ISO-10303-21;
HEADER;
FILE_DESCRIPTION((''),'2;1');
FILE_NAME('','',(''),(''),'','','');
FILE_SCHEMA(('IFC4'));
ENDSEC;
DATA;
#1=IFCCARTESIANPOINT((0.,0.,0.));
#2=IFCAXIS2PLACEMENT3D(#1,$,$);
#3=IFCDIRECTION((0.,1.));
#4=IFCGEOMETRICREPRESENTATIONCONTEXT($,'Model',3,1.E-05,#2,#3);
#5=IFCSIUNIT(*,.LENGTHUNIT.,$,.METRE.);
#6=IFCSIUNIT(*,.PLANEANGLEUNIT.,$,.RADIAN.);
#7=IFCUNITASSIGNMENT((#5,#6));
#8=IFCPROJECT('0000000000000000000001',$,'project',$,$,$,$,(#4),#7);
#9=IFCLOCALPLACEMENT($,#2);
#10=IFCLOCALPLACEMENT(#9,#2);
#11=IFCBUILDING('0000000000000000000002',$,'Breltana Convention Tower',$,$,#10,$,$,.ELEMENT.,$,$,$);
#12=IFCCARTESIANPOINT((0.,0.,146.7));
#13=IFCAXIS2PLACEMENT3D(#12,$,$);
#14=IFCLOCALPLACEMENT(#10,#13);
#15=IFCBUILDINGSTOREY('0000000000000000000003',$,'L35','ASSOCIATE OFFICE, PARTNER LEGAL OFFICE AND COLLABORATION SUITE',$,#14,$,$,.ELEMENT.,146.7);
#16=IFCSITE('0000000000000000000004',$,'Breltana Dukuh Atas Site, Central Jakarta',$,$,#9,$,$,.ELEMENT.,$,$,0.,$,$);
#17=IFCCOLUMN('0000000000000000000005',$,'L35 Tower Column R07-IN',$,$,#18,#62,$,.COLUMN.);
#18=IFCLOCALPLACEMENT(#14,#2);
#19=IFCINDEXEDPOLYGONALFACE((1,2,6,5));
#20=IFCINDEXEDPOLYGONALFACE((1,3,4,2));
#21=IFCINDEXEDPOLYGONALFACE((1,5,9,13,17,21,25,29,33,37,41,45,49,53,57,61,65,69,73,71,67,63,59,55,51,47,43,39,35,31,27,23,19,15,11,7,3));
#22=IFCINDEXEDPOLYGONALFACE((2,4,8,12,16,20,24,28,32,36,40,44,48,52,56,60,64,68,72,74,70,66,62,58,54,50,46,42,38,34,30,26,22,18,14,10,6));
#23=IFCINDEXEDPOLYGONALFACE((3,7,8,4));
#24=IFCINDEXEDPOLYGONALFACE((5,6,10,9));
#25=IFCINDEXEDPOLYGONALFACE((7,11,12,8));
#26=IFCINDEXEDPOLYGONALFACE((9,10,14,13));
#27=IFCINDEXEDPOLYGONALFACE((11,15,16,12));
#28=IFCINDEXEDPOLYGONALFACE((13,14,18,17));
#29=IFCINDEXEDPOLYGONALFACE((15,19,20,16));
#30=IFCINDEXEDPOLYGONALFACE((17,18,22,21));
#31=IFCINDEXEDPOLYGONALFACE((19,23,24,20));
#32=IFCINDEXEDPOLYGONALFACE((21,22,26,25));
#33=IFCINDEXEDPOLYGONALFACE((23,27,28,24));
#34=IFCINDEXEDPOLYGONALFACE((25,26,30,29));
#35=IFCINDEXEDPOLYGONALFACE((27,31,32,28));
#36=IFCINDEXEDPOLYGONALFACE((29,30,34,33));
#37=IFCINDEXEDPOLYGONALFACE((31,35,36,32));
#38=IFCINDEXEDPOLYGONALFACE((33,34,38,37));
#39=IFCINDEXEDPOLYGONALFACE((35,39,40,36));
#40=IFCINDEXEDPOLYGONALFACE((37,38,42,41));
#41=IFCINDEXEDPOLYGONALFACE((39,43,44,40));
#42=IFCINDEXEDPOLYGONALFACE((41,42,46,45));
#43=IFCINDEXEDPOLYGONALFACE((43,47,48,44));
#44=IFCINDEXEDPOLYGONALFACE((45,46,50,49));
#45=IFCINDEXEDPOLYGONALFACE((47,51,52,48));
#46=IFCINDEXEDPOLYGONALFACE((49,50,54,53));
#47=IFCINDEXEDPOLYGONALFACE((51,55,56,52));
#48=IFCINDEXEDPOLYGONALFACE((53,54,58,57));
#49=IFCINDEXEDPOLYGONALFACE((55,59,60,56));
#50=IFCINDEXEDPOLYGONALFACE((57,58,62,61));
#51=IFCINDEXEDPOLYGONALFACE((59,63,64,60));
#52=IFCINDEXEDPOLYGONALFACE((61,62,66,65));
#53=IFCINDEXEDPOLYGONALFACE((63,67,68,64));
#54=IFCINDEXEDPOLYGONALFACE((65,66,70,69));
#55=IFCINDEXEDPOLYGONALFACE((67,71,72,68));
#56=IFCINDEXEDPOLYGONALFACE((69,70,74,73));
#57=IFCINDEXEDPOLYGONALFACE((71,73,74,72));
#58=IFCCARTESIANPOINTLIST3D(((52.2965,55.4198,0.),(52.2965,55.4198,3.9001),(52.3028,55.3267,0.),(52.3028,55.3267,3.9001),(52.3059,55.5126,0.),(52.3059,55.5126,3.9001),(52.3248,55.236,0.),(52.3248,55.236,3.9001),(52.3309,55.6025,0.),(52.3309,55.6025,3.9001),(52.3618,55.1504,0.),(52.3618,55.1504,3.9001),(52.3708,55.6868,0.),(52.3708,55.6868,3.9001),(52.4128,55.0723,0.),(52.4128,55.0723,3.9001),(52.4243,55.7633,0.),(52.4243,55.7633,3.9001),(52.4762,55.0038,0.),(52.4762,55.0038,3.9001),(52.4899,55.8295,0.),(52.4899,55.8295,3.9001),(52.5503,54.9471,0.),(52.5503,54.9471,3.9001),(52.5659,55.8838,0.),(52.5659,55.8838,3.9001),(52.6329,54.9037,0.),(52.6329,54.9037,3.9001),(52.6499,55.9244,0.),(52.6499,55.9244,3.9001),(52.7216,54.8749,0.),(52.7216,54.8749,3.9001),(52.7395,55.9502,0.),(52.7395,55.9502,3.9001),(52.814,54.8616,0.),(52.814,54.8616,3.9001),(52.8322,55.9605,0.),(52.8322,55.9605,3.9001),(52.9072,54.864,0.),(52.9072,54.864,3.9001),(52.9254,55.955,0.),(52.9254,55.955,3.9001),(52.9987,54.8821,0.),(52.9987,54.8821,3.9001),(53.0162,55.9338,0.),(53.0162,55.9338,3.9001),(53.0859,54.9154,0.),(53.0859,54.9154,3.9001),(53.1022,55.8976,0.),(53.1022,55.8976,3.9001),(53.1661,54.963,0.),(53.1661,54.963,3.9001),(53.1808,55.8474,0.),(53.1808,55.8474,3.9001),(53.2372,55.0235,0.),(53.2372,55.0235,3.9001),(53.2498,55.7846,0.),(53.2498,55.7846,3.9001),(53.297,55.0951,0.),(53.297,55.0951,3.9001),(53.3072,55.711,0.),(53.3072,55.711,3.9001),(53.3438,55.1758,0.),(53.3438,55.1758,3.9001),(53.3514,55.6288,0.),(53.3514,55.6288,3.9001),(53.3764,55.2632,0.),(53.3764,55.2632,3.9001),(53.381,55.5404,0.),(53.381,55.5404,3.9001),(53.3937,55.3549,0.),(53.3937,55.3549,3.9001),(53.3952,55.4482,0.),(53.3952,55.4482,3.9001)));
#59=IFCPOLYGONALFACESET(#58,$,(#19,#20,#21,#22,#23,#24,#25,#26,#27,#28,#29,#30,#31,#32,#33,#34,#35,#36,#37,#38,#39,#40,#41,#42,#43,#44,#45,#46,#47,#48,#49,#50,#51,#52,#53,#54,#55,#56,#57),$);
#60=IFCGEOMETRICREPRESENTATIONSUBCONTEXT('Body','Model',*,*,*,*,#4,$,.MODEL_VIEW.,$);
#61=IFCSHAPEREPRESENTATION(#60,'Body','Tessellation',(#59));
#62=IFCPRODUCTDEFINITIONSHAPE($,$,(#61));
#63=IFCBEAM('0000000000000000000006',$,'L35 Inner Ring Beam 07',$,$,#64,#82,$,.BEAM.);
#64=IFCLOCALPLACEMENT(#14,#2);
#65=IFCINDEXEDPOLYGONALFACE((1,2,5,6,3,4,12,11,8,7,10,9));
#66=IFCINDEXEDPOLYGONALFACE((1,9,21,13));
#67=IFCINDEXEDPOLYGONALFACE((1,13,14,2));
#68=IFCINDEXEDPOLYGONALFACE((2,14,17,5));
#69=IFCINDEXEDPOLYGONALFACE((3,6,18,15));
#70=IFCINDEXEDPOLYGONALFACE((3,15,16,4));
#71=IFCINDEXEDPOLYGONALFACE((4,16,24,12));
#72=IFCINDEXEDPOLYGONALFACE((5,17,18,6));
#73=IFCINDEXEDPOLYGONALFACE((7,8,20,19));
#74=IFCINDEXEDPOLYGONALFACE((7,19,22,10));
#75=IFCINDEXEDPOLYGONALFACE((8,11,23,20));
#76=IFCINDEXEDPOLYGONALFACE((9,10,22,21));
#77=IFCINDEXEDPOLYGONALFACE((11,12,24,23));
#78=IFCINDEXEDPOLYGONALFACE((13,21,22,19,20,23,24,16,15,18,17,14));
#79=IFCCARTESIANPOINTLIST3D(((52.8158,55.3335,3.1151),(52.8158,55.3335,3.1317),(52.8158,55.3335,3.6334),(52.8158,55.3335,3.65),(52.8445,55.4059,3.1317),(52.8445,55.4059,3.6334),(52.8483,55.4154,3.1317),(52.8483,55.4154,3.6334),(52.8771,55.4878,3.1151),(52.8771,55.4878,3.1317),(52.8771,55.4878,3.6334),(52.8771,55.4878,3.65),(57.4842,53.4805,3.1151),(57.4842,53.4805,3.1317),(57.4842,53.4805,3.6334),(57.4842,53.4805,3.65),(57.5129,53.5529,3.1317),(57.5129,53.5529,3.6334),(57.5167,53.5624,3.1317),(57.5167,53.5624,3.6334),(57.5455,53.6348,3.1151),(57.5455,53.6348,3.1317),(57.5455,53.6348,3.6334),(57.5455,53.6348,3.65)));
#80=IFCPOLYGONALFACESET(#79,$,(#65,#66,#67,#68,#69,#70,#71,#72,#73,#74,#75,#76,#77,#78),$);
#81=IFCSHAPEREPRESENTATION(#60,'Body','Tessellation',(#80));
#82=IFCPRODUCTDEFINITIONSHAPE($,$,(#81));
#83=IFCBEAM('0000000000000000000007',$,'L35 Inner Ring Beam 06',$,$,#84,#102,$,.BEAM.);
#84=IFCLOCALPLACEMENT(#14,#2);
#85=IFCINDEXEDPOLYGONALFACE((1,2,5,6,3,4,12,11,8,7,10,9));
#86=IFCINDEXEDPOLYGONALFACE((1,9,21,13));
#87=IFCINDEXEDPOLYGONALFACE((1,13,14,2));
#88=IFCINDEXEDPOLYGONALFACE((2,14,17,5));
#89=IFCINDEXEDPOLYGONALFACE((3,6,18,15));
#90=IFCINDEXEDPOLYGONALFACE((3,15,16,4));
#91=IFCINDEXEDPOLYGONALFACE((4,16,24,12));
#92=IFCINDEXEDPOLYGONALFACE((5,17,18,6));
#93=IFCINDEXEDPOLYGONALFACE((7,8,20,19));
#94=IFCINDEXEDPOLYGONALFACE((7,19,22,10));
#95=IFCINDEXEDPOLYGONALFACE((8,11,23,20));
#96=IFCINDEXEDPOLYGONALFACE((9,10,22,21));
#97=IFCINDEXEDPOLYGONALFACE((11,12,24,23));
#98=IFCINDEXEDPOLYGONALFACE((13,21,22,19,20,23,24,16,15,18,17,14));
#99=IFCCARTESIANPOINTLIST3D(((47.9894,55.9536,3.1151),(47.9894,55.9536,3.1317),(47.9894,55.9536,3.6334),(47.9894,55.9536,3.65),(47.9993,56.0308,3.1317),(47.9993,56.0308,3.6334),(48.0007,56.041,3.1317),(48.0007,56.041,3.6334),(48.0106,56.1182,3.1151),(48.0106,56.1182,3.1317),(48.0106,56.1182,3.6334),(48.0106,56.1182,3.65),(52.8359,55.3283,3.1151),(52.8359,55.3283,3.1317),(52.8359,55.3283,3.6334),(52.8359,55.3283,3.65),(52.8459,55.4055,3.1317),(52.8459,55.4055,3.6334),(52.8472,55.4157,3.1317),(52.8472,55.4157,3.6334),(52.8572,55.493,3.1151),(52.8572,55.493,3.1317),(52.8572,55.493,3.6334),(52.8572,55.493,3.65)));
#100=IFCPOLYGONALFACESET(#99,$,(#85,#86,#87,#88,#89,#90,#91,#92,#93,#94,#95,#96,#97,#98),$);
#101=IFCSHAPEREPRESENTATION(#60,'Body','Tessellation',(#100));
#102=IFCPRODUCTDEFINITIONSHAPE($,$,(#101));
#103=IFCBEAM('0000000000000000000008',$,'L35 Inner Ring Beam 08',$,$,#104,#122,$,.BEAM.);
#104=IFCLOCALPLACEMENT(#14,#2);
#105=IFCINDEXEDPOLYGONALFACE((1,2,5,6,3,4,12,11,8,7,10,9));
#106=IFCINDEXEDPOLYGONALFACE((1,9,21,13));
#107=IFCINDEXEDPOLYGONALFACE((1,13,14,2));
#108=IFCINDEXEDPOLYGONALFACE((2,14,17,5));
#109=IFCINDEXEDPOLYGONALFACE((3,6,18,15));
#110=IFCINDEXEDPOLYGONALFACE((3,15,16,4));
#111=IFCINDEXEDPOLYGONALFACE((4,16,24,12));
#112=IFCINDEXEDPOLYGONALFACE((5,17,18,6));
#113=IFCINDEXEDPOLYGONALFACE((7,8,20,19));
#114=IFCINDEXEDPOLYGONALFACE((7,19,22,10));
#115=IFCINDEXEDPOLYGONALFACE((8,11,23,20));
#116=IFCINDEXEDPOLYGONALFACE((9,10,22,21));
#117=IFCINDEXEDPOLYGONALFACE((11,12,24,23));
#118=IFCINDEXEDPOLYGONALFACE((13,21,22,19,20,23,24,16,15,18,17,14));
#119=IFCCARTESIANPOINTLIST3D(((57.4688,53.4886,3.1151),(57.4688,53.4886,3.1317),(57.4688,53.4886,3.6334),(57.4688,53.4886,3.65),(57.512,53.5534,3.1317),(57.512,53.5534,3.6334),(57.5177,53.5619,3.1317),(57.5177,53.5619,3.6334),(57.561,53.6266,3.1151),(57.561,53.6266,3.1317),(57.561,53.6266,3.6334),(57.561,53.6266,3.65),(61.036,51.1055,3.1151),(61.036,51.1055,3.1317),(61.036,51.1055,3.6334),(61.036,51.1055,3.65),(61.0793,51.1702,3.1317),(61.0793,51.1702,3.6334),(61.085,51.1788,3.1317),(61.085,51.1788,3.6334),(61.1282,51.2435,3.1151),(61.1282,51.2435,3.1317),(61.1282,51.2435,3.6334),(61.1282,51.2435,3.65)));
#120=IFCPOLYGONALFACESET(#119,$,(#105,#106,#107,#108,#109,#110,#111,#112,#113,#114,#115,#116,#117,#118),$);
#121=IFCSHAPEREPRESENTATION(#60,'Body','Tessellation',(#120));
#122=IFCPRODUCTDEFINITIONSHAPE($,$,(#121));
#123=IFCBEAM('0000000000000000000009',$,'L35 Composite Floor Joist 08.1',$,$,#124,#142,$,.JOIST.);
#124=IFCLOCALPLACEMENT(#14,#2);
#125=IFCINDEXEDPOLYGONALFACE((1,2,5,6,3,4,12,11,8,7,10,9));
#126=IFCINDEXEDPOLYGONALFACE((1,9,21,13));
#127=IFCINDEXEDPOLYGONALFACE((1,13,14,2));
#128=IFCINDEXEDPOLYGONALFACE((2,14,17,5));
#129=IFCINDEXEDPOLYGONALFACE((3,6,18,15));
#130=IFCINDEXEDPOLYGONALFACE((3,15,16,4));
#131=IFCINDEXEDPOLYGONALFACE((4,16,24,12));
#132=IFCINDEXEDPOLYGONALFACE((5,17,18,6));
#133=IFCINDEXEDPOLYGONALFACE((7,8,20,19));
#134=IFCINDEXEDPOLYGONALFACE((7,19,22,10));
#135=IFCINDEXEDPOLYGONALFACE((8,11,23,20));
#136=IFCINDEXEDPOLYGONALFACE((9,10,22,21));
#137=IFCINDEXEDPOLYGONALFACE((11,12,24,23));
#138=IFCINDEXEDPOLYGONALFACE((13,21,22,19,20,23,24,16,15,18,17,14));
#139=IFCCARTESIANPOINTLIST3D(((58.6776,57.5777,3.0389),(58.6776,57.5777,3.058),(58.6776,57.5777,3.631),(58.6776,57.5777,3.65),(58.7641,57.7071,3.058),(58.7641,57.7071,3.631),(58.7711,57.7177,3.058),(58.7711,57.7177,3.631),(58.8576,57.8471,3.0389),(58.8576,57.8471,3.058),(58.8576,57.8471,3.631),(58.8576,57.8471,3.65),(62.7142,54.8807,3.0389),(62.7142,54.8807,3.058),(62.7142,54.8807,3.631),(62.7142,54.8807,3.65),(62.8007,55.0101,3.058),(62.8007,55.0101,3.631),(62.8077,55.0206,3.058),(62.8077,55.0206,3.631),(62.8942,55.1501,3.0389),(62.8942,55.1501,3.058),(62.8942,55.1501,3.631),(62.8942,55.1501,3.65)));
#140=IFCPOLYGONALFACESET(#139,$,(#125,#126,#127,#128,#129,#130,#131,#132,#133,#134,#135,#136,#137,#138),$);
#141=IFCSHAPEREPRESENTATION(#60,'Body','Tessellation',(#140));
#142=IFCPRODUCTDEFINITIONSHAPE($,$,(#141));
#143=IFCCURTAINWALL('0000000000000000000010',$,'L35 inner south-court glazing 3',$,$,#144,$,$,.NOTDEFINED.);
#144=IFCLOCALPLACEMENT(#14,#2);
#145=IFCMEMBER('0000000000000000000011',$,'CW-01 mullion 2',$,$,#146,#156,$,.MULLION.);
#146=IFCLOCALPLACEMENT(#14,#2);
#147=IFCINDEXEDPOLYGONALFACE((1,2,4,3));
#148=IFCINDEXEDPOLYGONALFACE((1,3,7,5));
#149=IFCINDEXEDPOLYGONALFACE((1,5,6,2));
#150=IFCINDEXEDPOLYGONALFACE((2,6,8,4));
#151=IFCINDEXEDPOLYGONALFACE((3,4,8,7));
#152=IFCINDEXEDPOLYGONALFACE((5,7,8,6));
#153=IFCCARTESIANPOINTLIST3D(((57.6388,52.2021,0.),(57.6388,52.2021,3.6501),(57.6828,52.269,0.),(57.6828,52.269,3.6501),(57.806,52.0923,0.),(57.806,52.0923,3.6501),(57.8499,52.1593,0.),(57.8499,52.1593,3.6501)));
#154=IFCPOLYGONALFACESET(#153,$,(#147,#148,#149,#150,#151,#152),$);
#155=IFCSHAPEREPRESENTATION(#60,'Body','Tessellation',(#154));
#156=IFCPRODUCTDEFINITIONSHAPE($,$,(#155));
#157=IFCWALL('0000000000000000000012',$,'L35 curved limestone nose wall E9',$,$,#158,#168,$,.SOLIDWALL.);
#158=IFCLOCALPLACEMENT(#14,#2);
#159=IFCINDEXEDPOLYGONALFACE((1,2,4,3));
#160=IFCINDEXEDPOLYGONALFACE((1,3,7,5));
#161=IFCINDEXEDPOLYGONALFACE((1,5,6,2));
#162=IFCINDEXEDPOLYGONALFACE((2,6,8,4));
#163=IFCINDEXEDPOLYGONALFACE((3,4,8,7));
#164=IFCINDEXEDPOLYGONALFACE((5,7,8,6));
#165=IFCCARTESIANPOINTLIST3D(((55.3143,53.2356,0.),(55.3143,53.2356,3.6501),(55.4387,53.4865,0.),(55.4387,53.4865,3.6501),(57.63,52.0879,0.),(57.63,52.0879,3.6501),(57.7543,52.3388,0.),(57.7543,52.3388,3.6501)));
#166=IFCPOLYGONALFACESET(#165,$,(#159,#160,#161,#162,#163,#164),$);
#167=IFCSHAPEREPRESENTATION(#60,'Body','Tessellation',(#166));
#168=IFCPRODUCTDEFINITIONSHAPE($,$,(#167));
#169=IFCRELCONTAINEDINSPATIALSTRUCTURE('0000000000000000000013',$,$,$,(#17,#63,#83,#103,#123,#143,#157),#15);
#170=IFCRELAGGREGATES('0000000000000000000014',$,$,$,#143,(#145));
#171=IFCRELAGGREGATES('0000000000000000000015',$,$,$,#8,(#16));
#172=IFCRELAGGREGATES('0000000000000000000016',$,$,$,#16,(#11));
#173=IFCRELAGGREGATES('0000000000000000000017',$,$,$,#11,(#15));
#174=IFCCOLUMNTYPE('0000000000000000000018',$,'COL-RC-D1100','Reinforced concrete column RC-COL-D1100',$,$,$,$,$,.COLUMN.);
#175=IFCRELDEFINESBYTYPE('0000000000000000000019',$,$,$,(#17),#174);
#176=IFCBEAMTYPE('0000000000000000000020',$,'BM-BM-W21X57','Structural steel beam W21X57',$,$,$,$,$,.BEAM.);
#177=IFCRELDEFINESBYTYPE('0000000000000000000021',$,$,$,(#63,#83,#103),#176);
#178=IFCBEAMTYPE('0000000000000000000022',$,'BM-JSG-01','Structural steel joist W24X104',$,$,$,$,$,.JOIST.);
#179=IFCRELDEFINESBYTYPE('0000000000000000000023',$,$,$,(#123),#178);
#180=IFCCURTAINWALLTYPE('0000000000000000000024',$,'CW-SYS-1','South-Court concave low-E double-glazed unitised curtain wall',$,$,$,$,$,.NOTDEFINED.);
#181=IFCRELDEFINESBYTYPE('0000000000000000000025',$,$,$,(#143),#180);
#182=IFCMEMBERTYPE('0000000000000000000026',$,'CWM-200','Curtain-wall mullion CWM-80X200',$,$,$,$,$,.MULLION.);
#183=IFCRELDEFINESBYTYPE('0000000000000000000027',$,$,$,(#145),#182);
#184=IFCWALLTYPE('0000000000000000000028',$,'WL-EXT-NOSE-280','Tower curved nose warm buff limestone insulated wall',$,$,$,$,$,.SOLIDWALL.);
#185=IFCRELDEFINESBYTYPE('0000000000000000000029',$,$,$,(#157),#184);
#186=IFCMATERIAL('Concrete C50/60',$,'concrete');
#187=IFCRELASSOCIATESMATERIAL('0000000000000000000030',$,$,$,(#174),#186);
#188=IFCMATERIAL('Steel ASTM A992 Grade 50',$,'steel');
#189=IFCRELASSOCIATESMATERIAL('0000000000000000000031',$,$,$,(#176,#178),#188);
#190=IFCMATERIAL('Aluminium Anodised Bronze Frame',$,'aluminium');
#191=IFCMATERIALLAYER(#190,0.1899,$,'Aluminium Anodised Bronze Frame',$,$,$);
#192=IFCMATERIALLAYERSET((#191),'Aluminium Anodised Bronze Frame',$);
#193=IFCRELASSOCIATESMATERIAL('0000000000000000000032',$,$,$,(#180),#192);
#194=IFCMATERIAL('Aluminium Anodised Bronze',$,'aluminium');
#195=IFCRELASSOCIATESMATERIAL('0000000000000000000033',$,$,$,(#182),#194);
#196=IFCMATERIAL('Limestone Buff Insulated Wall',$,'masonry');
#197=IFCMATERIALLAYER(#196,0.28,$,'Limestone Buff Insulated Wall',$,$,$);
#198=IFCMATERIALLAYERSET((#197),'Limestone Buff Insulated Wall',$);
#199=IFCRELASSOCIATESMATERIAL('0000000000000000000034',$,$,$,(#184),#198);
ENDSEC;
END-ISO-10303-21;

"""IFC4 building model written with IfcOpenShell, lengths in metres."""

from ifc_helpers import new_model, si_unit, direction, frame, frame_2d, origin, origin_2d, place, context, subcontext, project, spatial, rectangle, circle, i_section, extrude, source, transform, mapped, material, layer, layer_set, material_profile, profile_set, type_object, element, aggregate, save


model = new_model("IFC4")

# Units and contexts
model_context = context("Model", 3, precision=1e-05, world=origin(), true_north=direction((0.0, 1.0)))
body_context = subcontext(model_context, "Body", "Model", "MODEL_VIEW")
ifc_project = project(units=[si_unit("LENGTHUNIT", "METRE"), si_unit("PLANEANGLEUNIT", "RADIAN")], contexts=[model_context])

# Site, building, storey
site_placement = place(None, origin())
site = spatial("IfcSite", under=ifc_project, at=site_placement, Name="Breltana Dukuh Atas Site, Central Jakarta", CompositionType="ELEMENT", RefElevation=0.0)
building_placement = place(site_placement, origin())
building = spatial("IfcBuilding", under=site, at=building_placement, Name="Breltana Convention Tower", CompositionType="ELEMENT")
storey_placement = place(building_placement, frame((0.0, 0.0, 146.7)))
storey = spatial("IfcBuildingStorey", under=building, at=storey_placement, Name="L35", Description="ASSOCIATE OFFICE, PARTNER LEGAL OFFICE AND COLLABORATION SUITE", CompositionType="ELEMENT", Elevation=146.7)

# Column
ifc_material_1 = material(Name="Concrete C50/60", Category="concrete")
ifc_material_profile_1 = material_profile(ifc_material_1, circle(Radius=0.55, at=origin_2d()), Name="RC-COL-D1100")
ifc_profile_set_1 = profile_set([ifc_material_profile_1], Name="Concrete C50/60")
column_type = type_object("IfcColumnType", Name="COL-RC-D1100", Description="Reinforced concrete column RC-COL-D1100", PredefinedType="COLUMN", material=ifc_profile_set_1)
shared_shape_1 = source(origin(), body_context, "Body", "SweptSolid", [
    extrude(circle(Radius=0.55, at=origin_2d()), origin(), (0.0, 0.0, 1.0), 3.9001),
])
for number, where, z_axis, x_axis, name in (
    (1, (52.8464, 55.4106, 0.0), (0.0, 0.0, 1.0), (0.143493, 0.989651, 0.0), "L35 Tower Column R07-IN"),
):
    element("IfcColumn", number, at=place(storey_placement, frame(where, z_axis=z_axis, x_axis=x_axis)), inside=storey, type_object=column_type, Name=name, PredefinedType="COLUMN", context=body_context, shape_type="MappedRepresentation", body=[
        mapped(shared_shape_1, transform((0.0, 0.0, 0.0), scale=1.0)),
    ])

# Beams
ifc_material_2 = material(Name="Steel ASTM A992 Grade 50", Category="steel")
ifc_material_profile_2 = material_profile(ifc_material_2, i_section(OverallWidth=0.166, OverallDepth=0.5349, WebThickness=0.0103, FlangeThickness=0.0166, at=origin_2d()), Name="W21X57")
ifc_profile_set_2 = profile_set([ifc_material_profile_2], Name="Steel ASTM A992 Grade 50")
beam_type_1 = type_object("IfcBeamType", Name="BM-BM-W21X57", Description="Structural steel beam W21X57", PredefinedType="BEAM", material=ifc_profile_set_2)
shared_shape_2 = source(origin(), body_context, "Body", "SweptSolid", [
    extrude(i_section(OverallWidth=0.166, OverallDepth=0.5349, WebThickness=0.0103, FlangeThickness=0.0166, at=origin_2d()), origin(), (0.0, 0.0, 1.0), 5.0227),
])
beam_1_placement = place(storey_placement, frame((52.8464, 55.4106, 3.3826), z_axis=(0.929459, -0.368926, 0.0), x_axis=(0.368926, 0.929459, 0.0)))
element("IfcBeam", 2, at=beam_1_placement, inside=storey, type_object=beam_type_1, Name="L35 Inner Ring Beam 07", PredefinedType="BEAM", context=body_context, shape_type="MappedRepresentation", body=[
    mapped(shared_shape_2, transform((0.0, 0.0, 0.0), scale=1.0)),
])
shared_shape_3 = source(origin(), body_context, "Body", "SweptSolid", [
    extrude(i_section(OverallWidth=0.166, OverallDepth=0.5349, WebThickness=0.0103, FlangeThickness=0.0166, at=origin_2d()), origin(), (0.0, 0.0, 1.0), 4.8867),
])
beam_2_placement = place(storey_placement, frame((48.0, 56.0359, 3.3826), z_axis=(0.991781, -0.127951, 0.0), x_axis=(0.127951, 0.991781, 0.0)))
element("IfcBeam", 3, at=beam_2_placement, inside=storey, type_object=beam_type_1, Name="L35 Inner Ring Beam 06", PredefinedType="BEAM", context=body_context, shape_type="MappedRepresentation", body=[
    mapped(shared_shape_3, transform((0.0, 0.0, 0.0), scale=1.0)),
])
shared_shape_4 = source(origin(), body_context, "Body", "SweptSolid", [
    extrude(i_section(OverallWidth=0.166, OverallDepth=0.5349, WebThickness=0.0103, FlangeThickness=0.0166, at=origin_2d()), origin(), (0.0, 0.0, 1.0), 4.29),
])
beam_3_placement = place(storey_placement, frame((57.5149, 53.5576, 3.3826), z_axis=(0.831516, -0.555501, 0.0), x_axis=(0.555501, 0.831516, 0.0)))
element("IfcBeam", 4, at=beam_3_placement, inside=storey, type_object=beam_type_1, Name="L35 Inner Ring Beam 08", PredefinedType="BEAM", context=body_context, shape_type="MappedRepresentation", body=[
    mapped(shared_shape_4, transform((0.0, 0.0, 0.0), scale=1.0)),
])
ifc_material_profile_3 = material_profile(ifc_material_2, i_section(OverallWidth=0.324, OverallDepth=0.6111, WebThickness=0.0127, FlangeThickness=0.019, at=origin_2d()), Name="W24X104")
ifc_profile_set_3 = profile_set([ifc_material_profile_3], Name="Steel ASTM A992 Grade 50")
beam_type_2 = type_object("IfcBeamType", Name="BM-JSG-01", Description="Structural steel joist W24X104", PredefinedType="JOIST", material=ifc_profile_set_3)
shared_shape_5 = source(origin(), body_context, "Body", "SweptSolid", [
    extrude(i_section(OverallWidth=0.324, OverallDepth=0.6111, WebThickness=0.0127, FlangeThickness=0.019, at=origin_2d()), origin(), (0.0, 0.0, 1.0), 4.8547),
])
beam_4_placement = place(storey_placement, frame((58.7676, 57.7124, 3.3445), z_axis=(0.831485, -0.555547, 0.0), x_axis=(0.555547, 0.831485, 0.0)))
element("IfcBeam", 5, at=beam_4_placement, inside=storey, type_object=beam_type_2, Name="L35 Composite Floor Joist 08.1", PredefinedType="JOIST", context=body_context, shape_type="MappedRepresentation", body=[
    mapped(shared_shape_5, transform((0.0, 0.0, 0.0), scale=1.0)),
])

# Curtain wall, member
ifc_material_3 = material(Name="Aluminium Anodised Bronze Frame", Category="aluminium")
ifc_layer_1 = layer(ifc_material_3, 0.1899, Name="Aluminium Anodised Bronze Frame")
ifc_layer_set_1 = layer_set([ifc_layer_1], Name="Aluminium Anodised Bronze Frame")
curtain_wall_type = type_object("IfcCurtainWallType", Name="CW-SYS-1", Description="South-Court concave low-E double-glazed unitised curtain wall", PredefinedType="NOTDEFINED", material=ifc_layer_set_1)
curtain_wall_placement = place(storey_placement, origin())
curtain_wall = element("IfcCurtainWall", 6, at=curtain_wall_placement, inside=storey, type_object=curtain_wall_type, Name="L35 inner south-court glazing 3", PredefinedType="NOTDEFINED")
ifc_material_4 = material(Name="Aluminium Anodised Bronze", Category="aluminium")
ifc_material_profile_4 = material_profile(ifc_material_4, rectangle(XDim=0.0801, YDim=0.2, at=origin_2d()), Name="CWM-80X200")
ifc_profile_set_4 = profile_set([ifc_material_profile_4], Name="Aluminium Anodised Bronze")
member_type = type_object("IfcMemberType", Name="CWM-200", Description="Curtain-wall mullion CWM-80X200", PredefinedType="MULLION", material=ifc_profile_set_4)
shared_shape_6 = source(origin(), body_context, "Body", "SweptSolid", [
    extrude(rectangle(XDim=0.0801, YDim=0.2, at=origin_2d()), origin(), (0.0, 0.0, 1.0), 3.6501),
])
member_placement = place(storey_placement, frame((57.7444, 52.1807, 0.0), z_axis=(0.0, 0.0, 1.0), x_axis=(-0.548752, -0.835985, 0.0)))
member = element("IfcMember", 7, at=member_placement, type_object=member_type, Name="CW-01 mullion 2", PredefinedType="MULLION", context=body_context, shape_type="MappedRepresentation", body=[
    mapped(shared_shape_6, transform((0.0, 0.0, 0.0), scale=1.0)),
])
aggregate(curtain_wall, [member])

# Wall
ifc_material_5 = material(Name="Limestone Buff Insulated Wall", Category="masonry")
ifc_layer_2 = layer(ifc_material_5, 0.28, Name="Limestone Buff Insulated Wall")
ifc_layer_set_2 = layer_set([ifc_layer_2], Name="Limestone Buff Insulated Wall")
wall_type_1 = type_object("IfcWallType", Name="WL-EXT-NOSE-280", Description="Tower curved nose warm buff limestone insulated wall", PredefinedType="SOLIDWALL", material=ifc_layer_set_2)
shared_shape_7 = source(origin(), body_context, "Body", "SweptSolid", [
    extrude(rectangle(XDim=2.5845, YDim=0.28, at=frame_2d((1.2922, 0.0))), origin(), (0.0, 0.0, 1.0), 3.6501),
])
wall_1_placement = place(storey_placement, frame((57.6921, 52.2134, 0.0), z_axis=(0.0, 0.0, 1.0), x_axis=(-0.89599, 0.444075, 0.0)))
element("IfcWall", 8, at=wall_1_placement, inside=storey, type_object=wall_type_1, Name="L35 curved limestone nose wall E9", PredefinedType="SOLIDWALL", context=body_context, shape_type="MappedRepresentation", body=[
    mapped(shared_shape_7, transform((0.0, 0.0, 0.0), scale=1.0)),
])

save(model, "model.ifc")
